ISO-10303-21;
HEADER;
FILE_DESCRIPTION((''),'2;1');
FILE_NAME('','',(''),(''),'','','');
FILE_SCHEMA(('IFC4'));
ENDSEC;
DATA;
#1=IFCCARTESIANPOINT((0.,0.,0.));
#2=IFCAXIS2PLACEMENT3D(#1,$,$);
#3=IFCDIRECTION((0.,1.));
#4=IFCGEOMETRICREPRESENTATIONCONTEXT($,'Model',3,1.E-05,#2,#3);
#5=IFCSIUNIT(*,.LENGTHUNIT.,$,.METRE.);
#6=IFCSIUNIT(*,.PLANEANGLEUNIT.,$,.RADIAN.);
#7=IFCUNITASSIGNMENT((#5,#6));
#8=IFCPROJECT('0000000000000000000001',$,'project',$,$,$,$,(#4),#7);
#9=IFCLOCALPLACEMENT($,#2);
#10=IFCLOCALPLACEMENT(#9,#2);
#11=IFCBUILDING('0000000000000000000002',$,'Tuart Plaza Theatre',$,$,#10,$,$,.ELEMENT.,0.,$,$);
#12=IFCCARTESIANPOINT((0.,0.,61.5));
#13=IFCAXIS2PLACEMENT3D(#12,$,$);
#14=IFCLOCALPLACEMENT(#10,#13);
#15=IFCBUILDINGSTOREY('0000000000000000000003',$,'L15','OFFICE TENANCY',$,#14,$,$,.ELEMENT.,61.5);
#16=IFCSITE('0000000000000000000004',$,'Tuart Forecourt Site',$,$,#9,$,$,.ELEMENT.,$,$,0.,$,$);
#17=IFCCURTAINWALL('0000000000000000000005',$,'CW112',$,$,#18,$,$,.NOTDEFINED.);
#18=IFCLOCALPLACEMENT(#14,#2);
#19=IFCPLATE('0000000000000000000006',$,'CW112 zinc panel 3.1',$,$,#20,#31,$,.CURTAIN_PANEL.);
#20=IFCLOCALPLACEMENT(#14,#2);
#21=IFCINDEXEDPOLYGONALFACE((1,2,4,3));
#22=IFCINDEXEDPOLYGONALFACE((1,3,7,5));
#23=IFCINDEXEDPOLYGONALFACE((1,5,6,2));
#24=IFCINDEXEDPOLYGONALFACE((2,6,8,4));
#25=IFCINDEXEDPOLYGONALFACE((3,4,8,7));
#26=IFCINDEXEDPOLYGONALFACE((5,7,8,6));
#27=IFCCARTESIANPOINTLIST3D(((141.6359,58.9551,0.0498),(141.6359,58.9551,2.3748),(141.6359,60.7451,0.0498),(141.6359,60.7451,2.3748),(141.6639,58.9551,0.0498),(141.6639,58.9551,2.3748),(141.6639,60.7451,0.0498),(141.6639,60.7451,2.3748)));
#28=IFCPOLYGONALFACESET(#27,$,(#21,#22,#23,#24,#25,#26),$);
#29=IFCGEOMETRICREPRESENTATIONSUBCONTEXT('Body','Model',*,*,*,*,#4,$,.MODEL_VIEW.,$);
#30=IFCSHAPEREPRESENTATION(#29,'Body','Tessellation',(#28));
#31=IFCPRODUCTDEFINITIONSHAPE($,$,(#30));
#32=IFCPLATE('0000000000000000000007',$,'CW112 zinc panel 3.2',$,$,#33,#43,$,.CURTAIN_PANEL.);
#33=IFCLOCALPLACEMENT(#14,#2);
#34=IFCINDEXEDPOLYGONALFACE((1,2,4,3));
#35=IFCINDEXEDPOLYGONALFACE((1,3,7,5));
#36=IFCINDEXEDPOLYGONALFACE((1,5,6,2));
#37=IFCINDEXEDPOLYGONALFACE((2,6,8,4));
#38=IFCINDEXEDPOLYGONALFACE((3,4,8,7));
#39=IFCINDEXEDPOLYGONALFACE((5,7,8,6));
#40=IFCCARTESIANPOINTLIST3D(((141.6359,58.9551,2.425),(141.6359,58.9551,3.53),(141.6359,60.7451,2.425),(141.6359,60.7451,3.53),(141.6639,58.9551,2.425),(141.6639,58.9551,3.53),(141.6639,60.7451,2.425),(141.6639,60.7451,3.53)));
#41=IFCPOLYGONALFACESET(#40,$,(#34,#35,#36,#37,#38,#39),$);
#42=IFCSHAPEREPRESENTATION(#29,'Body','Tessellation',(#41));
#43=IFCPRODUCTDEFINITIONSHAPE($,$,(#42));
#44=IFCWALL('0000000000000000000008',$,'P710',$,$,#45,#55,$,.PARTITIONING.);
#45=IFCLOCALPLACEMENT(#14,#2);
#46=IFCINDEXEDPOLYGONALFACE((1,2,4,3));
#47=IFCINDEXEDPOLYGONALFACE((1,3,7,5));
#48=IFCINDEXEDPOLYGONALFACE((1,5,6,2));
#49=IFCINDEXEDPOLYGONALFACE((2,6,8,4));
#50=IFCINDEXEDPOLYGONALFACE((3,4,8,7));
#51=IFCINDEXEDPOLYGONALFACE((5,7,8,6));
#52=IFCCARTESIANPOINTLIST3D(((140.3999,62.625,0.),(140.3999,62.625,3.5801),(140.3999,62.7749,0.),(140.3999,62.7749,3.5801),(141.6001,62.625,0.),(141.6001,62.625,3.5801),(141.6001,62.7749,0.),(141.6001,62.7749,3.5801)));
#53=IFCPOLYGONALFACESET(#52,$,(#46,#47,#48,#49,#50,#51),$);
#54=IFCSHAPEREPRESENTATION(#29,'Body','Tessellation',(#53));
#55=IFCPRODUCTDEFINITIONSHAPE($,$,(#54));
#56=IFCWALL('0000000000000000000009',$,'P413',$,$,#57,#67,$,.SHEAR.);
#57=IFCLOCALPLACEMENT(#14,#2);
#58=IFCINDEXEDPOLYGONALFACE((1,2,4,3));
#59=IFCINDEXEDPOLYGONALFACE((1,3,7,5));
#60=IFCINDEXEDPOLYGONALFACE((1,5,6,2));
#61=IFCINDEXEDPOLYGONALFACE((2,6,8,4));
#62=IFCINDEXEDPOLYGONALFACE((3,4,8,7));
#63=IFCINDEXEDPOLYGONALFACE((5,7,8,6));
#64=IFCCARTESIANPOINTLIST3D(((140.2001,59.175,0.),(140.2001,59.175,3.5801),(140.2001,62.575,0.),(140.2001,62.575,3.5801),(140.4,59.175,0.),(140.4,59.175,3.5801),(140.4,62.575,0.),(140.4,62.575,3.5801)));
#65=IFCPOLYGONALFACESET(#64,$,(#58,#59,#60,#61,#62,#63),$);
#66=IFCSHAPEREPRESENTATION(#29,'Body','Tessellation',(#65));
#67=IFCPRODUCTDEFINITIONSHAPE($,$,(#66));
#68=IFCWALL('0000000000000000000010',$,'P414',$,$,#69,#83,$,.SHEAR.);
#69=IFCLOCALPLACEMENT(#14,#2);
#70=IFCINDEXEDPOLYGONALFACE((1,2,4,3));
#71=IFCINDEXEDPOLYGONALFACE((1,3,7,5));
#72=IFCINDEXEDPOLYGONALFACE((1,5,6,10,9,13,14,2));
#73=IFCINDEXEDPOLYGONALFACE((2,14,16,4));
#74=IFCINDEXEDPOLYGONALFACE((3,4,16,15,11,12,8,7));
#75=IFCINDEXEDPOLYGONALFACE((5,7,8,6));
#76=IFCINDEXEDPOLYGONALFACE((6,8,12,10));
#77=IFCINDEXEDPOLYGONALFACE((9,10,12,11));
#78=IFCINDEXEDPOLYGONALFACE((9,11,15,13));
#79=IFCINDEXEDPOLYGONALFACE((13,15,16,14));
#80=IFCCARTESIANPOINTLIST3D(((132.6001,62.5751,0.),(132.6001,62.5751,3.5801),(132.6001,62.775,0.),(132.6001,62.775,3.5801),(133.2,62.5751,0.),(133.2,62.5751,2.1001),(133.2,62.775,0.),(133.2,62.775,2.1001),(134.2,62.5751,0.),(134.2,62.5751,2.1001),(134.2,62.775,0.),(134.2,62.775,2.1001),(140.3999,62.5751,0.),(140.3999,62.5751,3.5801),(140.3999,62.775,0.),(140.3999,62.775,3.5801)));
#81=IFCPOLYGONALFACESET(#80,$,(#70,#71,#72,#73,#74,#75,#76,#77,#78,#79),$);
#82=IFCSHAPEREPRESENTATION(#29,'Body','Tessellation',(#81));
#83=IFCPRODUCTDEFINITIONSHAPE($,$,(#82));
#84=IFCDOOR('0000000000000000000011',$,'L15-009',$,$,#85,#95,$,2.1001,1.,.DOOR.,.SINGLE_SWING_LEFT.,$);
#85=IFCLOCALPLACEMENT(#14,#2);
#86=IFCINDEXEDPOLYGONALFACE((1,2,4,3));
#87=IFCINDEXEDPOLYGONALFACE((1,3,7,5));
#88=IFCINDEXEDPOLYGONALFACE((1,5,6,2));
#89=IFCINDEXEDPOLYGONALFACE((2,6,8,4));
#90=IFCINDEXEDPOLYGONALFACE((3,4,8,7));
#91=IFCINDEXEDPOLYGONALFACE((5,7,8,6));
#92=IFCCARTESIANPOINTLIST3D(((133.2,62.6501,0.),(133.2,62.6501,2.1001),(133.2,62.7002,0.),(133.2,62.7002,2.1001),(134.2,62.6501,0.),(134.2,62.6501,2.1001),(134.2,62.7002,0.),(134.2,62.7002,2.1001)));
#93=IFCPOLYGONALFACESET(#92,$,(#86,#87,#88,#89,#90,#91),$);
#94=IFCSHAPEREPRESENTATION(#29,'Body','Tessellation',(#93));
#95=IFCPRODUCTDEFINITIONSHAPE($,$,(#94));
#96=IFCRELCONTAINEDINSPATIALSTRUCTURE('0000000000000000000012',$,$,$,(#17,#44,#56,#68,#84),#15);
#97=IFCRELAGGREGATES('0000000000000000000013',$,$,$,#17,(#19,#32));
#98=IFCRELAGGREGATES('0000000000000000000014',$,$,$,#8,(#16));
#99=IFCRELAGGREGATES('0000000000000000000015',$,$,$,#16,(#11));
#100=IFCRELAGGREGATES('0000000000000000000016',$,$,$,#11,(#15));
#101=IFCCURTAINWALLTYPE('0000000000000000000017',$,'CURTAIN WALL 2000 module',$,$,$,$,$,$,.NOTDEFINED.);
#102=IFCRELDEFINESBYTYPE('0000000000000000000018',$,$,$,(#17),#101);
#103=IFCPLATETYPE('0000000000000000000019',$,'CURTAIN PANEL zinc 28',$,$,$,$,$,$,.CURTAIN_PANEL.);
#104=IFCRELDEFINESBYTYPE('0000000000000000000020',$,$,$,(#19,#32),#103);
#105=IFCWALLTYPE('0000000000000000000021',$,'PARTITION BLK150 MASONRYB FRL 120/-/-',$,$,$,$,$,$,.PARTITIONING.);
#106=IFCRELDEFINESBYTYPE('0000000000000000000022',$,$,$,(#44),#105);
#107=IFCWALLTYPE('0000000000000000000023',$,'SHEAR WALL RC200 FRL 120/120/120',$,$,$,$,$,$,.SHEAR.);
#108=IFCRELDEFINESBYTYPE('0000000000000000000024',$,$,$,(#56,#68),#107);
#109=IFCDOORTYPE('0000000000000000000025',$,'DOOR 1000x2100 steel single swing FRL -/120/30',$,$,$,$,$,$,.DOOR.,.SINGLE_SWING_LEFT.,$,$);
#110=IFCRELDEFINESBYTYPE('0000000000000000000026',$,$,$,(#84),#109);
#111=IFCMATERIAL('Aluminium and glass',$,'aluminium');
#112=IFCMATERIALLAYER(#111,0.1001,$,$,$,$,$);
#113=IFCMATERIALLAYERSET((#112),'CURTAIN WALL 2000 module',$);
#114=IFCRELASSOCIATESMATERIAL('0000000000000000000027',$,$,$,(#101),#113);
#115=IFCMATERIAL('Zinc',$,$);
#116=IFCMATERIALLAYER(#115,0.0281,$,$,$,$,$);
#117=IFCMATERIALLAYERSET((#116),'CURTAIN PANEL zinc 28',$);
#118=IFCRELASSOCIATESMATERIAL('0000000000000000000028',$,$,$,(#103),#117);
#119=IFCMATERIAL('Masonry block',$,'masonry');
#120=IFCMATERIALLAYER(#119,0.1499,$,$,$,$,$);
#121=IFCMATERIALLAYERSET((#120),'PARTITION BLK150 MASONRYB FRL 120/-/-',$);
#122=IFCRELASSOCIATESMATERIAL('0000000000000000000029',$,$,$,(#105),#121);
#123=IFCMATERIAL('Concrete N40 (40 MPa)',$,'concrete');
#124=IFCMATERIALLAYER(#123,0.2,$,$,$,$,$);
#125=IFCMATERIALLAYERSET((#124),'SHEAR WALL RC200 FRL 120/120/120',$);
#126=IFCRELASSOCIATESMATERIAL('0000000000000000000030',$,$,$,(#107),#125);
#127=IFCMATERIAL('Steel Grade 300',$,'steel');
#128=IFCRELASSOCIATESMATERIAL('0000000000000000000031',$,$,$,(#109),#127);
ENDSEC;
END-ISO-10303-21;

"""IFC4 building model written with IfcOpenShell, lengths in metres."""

from ifc_helpers import new_model, si_unit, direction, frame, frame_2d, origin, origin_2d, place, context, subcontext, project, spatial, rectangle, extrude, material, layer, layer_set, type_object, element, fill, aggregate, save


model = new_model("IFC4")

# Units and contexts
model_context = context("Model", 3, precision=1e-05, world=origin(), true_north=direction((0.0, 1.0)))
body_context = subcontext(model_context, "Body", "Model", "MODEL_VIEW")
ifc_project = project(units=[si_unit("LENGTHUNIT", "METRE"), si_unit("PLANEANGLEUNIT", "RADIAN")], contexts=[model_context])

# Site, building, storey
site_placement = place(None, origin())
site = spatial("IfcSite", under=ifc_project, at=site_placement, Name="Tuart Forecourt Site", CompositionType="ELEMENT", RefElevation=0.0)
building_placement = place(site_placement, origin())
building = spatial("IfcBuilding", under=site, at=building_placement, Name="Tuart Plaza Theatre", CompositionType="ELEMENT", ElevationOfRefHeight=0.0)
storey_placement = place(building_placement, frame((0.0, 0.0, 61.5)))
storey = spatial("IfcBuildingStorey", under=building, at=storey_placement, Name="L15", Description="OFFICE TENANCY", CompositionType="ELEMENT", Elevation=61.5)

# Curtain wall, plates
ifc_material_1 = material(Name="Aluminium and glass", Category="aluminium")
ifc_layer_1 = layer(ifc_material_1, 0.1001)
ifc_layer_set_1 = layer_set([ifc_layer_1], Name="CURTAIN WALL 2000 module")
curtain_wall_type = type_object("IfcCurtainWallType", Name="CURTAIN WALL 2000 module", PredefinedType="NOTDEFINED", material=ifc_layer_set_1)
curtain_wall_placement = place(storey_placement, origin())
curtain_wall = element("IfcCurtainWall", 1, at=curtain_wall_placement, inside=storey, type_object=curtain_wall_type, Name="CW112", PredefinedType="NOTDEFINED")
ifc_material_2 = material(Name="Zinc")
ifc_layer_2 = layer(ifc_material_2, 0.0281)
ifc_layer_set_2 = layer_set([ifc_layer_2], Name="CURTAIN PANEL zinc 28")
plate_type_1 = type_object("IfcPlateType", Name="CURTAIN PANEL zinc 28", PredefinedType="CURTAIN_PANEL", material=ifc_layer_set_2)
plate_1_placement = place(storey_placement, frame((141.6499, 59.8501, 0.0498), z_axis=(0.0, 0.0, 1.0), x_axis=(0.0, 1.0, 0.0)))
plate_1 = element("IfcPlate", 2, at=plate_1_placement, type_object=plate_type_1, Name="CW112 zinc panel 3.1", PredefinedType="CURTAIN_PANEL", context=body_context, shape_type="SweptSolid", body=[
    extrude(rectangle(XDim=1.79, YDim=0.0281, at=origin_2d()), origin(), (0.0, 0.0, 1.0), 2.325),
])
plate_2_placement = place(storey_placement, frame((141.6499, 59.8501, 2.425), z_axis=(0.0, 0.0, 1.0), x_axis=(0.0, 1.0, 0.0)))
plate_2 = element("IfcPlate", 3, at=plate_2_placement, type_object=plate_type_1, Name="CW112 zinc panel 3.2", PredefinedType="CURTAIN_PANEL", context=body_context, shape_type="SweptSolid", body=[
    extrude(rectangle(XDim=1.79, YDim=0.0281, at=origin_2d()), origin(), (0.0, 0.0, 1.0), 1.105),
])
aggregate(curtain_wall, [plate_1, plate_2])

# Walls
ifc_material_3 = material(Name="Masonry block", Category="masonry")
ifc_layer_3 = layer(ifc_material_3, 0.1499)
ifc_layer_set_3 = layer_set([ifc_layer_3], Name="PARTITION BLK150 MASONRYB FRL 120/-/-")
wall_type_1 = type_object("IfcWallType", Name="PARTITION BLK150 MASONRYB FRL 120/-/-", PredefinedType="PARTITIONING", material=ifc_layer_set_3)
wall_1_placement = place(storey_placement, frame((141.6001, 62.7, 0.0), z_axis=(0.0, 0.0, 1.0), x_axis=(-1.0, 0.0, 0.0)))
element("IfcWall", 4, at=wall_1_placement, inside=storey, type_object=wall_type_1, Name="P710", PredefinedType="PARTITIONING", context=body_context, shape_type="SweptSolid", body=[
    extrude(rectangle(XDim=1.2002, YDim=0.1499, at=frame_2d((0.6001, 0.0))), origin(), (0.0, 0.0, 1.0), 3.5801),
])
ifc_material_4 = material(Name="Concrete N40 (40 MPa)", Category="concrete")
ifc_layer_4 = layer(ifc_material_4, 0.2)
ifc_layer_set_4 = layer_set([ifc_layer_4], Name="SHEAR WALL RC200 FRL 120/120/120")
wall_type_2 = type_object("IfcWallType", Name="SHEAR WALL RC200 FRL 120/120/120", PredefinedType="SHEAR", material=ifc_layer_set_4)
wall_2_placement = place(storey_placement, frame((140.3, 59.175, 0.0), z_axis=(0.0, 0.0, 1.0), x_axis=(0.0, 1.0, 0.0)))
element("IfcWall", 5, at=wall_2_placement, inside=storey, type_object=wall_type_2, Name="P413", PredefinedType="SHEAR", context=body_context, shape_type="SweptSolid", body=[
    extrude(rectangle(XDim=3.3999, YDim=0.2, at=frame_2d((1.7, 0.0))), origin(), (0.0, 0.0, 1.0), 3.5801),
])

# Wall, opening, door
wall_3_placement = place(storey_placement, frame((140.3999, 62.675, 0.0), z_axis=(0.0, 0.0, 1.0), x_axis=(-1.0, 0.0, 0.0)))
wall_3 = element("IfcWall", 6, at=wall_3_placement, inside=storey, type_object=wall_type_2, Name="P414", PredefinedType="SHEAR", context=body_context, shape_type="SweptSolid", body=[
    extrude(rectangle(XDim=7.7998, YDim=0.2, at=frame_2d((3.8999, 0.0))), origin(), (0.0, 0.0, 1.0), 3.5801),
])
opening_placement = place(wall_3_placement, frame((6.2, 0.0, 0.0)))
opening = element("IfcOpeningElement", 7, at=opening_placement, cuts=wall_3, PredefinedType="OPENING", context=body_context, shape_type="SweptSolid", body=[
    extrude(rectangle(XDim=1.0, YDim=2.1001, at=frame_2d((0.5, 1.05))), frame((0.0, 0.1099, 0.0), z_axis=(0.0, -1.0, 0.0), x_axis=(1.0, 0.0, 0.0)), (0.0, 0.0, 1.0), 0.22),
])
ifc_material_5 = material(Name="Steel Grade 300", Category="steel")
door_type = type_object("IfcDoorType", Name="DOOR 1000x2100 steel single swing FRL -/120/30", OperationType="SINGLE_SWING_LEFT", PredefinedType="DOOR", material=ifc_material_5)
door_placement = place(opening_placement, origin())
door = element("IfcDoor", 8, at=door_placement, inside=storey, type_object=door_type, Name="L15-009", OperationType="SINGLE_SWING_LEFT", OverallHeight=2.1001, OverallWidth=1.0, PredefinedType="DOOR", context=body_context, shape_type="SweptSolid", body=[
    extrude(rectangle(XDim=1.0, YDim=2.1001, at=frame_2d((0.5, 1.05))), frame((0.0, 0.0249, 0.0), z_axis=(0.0, -1.0, 0.0), x_axis=(1.0, 0.0, 0.0)), (0.0, 0.0, 1.0), 0.05),
])
fill(opening, door)

save(model, "model.ifc")
